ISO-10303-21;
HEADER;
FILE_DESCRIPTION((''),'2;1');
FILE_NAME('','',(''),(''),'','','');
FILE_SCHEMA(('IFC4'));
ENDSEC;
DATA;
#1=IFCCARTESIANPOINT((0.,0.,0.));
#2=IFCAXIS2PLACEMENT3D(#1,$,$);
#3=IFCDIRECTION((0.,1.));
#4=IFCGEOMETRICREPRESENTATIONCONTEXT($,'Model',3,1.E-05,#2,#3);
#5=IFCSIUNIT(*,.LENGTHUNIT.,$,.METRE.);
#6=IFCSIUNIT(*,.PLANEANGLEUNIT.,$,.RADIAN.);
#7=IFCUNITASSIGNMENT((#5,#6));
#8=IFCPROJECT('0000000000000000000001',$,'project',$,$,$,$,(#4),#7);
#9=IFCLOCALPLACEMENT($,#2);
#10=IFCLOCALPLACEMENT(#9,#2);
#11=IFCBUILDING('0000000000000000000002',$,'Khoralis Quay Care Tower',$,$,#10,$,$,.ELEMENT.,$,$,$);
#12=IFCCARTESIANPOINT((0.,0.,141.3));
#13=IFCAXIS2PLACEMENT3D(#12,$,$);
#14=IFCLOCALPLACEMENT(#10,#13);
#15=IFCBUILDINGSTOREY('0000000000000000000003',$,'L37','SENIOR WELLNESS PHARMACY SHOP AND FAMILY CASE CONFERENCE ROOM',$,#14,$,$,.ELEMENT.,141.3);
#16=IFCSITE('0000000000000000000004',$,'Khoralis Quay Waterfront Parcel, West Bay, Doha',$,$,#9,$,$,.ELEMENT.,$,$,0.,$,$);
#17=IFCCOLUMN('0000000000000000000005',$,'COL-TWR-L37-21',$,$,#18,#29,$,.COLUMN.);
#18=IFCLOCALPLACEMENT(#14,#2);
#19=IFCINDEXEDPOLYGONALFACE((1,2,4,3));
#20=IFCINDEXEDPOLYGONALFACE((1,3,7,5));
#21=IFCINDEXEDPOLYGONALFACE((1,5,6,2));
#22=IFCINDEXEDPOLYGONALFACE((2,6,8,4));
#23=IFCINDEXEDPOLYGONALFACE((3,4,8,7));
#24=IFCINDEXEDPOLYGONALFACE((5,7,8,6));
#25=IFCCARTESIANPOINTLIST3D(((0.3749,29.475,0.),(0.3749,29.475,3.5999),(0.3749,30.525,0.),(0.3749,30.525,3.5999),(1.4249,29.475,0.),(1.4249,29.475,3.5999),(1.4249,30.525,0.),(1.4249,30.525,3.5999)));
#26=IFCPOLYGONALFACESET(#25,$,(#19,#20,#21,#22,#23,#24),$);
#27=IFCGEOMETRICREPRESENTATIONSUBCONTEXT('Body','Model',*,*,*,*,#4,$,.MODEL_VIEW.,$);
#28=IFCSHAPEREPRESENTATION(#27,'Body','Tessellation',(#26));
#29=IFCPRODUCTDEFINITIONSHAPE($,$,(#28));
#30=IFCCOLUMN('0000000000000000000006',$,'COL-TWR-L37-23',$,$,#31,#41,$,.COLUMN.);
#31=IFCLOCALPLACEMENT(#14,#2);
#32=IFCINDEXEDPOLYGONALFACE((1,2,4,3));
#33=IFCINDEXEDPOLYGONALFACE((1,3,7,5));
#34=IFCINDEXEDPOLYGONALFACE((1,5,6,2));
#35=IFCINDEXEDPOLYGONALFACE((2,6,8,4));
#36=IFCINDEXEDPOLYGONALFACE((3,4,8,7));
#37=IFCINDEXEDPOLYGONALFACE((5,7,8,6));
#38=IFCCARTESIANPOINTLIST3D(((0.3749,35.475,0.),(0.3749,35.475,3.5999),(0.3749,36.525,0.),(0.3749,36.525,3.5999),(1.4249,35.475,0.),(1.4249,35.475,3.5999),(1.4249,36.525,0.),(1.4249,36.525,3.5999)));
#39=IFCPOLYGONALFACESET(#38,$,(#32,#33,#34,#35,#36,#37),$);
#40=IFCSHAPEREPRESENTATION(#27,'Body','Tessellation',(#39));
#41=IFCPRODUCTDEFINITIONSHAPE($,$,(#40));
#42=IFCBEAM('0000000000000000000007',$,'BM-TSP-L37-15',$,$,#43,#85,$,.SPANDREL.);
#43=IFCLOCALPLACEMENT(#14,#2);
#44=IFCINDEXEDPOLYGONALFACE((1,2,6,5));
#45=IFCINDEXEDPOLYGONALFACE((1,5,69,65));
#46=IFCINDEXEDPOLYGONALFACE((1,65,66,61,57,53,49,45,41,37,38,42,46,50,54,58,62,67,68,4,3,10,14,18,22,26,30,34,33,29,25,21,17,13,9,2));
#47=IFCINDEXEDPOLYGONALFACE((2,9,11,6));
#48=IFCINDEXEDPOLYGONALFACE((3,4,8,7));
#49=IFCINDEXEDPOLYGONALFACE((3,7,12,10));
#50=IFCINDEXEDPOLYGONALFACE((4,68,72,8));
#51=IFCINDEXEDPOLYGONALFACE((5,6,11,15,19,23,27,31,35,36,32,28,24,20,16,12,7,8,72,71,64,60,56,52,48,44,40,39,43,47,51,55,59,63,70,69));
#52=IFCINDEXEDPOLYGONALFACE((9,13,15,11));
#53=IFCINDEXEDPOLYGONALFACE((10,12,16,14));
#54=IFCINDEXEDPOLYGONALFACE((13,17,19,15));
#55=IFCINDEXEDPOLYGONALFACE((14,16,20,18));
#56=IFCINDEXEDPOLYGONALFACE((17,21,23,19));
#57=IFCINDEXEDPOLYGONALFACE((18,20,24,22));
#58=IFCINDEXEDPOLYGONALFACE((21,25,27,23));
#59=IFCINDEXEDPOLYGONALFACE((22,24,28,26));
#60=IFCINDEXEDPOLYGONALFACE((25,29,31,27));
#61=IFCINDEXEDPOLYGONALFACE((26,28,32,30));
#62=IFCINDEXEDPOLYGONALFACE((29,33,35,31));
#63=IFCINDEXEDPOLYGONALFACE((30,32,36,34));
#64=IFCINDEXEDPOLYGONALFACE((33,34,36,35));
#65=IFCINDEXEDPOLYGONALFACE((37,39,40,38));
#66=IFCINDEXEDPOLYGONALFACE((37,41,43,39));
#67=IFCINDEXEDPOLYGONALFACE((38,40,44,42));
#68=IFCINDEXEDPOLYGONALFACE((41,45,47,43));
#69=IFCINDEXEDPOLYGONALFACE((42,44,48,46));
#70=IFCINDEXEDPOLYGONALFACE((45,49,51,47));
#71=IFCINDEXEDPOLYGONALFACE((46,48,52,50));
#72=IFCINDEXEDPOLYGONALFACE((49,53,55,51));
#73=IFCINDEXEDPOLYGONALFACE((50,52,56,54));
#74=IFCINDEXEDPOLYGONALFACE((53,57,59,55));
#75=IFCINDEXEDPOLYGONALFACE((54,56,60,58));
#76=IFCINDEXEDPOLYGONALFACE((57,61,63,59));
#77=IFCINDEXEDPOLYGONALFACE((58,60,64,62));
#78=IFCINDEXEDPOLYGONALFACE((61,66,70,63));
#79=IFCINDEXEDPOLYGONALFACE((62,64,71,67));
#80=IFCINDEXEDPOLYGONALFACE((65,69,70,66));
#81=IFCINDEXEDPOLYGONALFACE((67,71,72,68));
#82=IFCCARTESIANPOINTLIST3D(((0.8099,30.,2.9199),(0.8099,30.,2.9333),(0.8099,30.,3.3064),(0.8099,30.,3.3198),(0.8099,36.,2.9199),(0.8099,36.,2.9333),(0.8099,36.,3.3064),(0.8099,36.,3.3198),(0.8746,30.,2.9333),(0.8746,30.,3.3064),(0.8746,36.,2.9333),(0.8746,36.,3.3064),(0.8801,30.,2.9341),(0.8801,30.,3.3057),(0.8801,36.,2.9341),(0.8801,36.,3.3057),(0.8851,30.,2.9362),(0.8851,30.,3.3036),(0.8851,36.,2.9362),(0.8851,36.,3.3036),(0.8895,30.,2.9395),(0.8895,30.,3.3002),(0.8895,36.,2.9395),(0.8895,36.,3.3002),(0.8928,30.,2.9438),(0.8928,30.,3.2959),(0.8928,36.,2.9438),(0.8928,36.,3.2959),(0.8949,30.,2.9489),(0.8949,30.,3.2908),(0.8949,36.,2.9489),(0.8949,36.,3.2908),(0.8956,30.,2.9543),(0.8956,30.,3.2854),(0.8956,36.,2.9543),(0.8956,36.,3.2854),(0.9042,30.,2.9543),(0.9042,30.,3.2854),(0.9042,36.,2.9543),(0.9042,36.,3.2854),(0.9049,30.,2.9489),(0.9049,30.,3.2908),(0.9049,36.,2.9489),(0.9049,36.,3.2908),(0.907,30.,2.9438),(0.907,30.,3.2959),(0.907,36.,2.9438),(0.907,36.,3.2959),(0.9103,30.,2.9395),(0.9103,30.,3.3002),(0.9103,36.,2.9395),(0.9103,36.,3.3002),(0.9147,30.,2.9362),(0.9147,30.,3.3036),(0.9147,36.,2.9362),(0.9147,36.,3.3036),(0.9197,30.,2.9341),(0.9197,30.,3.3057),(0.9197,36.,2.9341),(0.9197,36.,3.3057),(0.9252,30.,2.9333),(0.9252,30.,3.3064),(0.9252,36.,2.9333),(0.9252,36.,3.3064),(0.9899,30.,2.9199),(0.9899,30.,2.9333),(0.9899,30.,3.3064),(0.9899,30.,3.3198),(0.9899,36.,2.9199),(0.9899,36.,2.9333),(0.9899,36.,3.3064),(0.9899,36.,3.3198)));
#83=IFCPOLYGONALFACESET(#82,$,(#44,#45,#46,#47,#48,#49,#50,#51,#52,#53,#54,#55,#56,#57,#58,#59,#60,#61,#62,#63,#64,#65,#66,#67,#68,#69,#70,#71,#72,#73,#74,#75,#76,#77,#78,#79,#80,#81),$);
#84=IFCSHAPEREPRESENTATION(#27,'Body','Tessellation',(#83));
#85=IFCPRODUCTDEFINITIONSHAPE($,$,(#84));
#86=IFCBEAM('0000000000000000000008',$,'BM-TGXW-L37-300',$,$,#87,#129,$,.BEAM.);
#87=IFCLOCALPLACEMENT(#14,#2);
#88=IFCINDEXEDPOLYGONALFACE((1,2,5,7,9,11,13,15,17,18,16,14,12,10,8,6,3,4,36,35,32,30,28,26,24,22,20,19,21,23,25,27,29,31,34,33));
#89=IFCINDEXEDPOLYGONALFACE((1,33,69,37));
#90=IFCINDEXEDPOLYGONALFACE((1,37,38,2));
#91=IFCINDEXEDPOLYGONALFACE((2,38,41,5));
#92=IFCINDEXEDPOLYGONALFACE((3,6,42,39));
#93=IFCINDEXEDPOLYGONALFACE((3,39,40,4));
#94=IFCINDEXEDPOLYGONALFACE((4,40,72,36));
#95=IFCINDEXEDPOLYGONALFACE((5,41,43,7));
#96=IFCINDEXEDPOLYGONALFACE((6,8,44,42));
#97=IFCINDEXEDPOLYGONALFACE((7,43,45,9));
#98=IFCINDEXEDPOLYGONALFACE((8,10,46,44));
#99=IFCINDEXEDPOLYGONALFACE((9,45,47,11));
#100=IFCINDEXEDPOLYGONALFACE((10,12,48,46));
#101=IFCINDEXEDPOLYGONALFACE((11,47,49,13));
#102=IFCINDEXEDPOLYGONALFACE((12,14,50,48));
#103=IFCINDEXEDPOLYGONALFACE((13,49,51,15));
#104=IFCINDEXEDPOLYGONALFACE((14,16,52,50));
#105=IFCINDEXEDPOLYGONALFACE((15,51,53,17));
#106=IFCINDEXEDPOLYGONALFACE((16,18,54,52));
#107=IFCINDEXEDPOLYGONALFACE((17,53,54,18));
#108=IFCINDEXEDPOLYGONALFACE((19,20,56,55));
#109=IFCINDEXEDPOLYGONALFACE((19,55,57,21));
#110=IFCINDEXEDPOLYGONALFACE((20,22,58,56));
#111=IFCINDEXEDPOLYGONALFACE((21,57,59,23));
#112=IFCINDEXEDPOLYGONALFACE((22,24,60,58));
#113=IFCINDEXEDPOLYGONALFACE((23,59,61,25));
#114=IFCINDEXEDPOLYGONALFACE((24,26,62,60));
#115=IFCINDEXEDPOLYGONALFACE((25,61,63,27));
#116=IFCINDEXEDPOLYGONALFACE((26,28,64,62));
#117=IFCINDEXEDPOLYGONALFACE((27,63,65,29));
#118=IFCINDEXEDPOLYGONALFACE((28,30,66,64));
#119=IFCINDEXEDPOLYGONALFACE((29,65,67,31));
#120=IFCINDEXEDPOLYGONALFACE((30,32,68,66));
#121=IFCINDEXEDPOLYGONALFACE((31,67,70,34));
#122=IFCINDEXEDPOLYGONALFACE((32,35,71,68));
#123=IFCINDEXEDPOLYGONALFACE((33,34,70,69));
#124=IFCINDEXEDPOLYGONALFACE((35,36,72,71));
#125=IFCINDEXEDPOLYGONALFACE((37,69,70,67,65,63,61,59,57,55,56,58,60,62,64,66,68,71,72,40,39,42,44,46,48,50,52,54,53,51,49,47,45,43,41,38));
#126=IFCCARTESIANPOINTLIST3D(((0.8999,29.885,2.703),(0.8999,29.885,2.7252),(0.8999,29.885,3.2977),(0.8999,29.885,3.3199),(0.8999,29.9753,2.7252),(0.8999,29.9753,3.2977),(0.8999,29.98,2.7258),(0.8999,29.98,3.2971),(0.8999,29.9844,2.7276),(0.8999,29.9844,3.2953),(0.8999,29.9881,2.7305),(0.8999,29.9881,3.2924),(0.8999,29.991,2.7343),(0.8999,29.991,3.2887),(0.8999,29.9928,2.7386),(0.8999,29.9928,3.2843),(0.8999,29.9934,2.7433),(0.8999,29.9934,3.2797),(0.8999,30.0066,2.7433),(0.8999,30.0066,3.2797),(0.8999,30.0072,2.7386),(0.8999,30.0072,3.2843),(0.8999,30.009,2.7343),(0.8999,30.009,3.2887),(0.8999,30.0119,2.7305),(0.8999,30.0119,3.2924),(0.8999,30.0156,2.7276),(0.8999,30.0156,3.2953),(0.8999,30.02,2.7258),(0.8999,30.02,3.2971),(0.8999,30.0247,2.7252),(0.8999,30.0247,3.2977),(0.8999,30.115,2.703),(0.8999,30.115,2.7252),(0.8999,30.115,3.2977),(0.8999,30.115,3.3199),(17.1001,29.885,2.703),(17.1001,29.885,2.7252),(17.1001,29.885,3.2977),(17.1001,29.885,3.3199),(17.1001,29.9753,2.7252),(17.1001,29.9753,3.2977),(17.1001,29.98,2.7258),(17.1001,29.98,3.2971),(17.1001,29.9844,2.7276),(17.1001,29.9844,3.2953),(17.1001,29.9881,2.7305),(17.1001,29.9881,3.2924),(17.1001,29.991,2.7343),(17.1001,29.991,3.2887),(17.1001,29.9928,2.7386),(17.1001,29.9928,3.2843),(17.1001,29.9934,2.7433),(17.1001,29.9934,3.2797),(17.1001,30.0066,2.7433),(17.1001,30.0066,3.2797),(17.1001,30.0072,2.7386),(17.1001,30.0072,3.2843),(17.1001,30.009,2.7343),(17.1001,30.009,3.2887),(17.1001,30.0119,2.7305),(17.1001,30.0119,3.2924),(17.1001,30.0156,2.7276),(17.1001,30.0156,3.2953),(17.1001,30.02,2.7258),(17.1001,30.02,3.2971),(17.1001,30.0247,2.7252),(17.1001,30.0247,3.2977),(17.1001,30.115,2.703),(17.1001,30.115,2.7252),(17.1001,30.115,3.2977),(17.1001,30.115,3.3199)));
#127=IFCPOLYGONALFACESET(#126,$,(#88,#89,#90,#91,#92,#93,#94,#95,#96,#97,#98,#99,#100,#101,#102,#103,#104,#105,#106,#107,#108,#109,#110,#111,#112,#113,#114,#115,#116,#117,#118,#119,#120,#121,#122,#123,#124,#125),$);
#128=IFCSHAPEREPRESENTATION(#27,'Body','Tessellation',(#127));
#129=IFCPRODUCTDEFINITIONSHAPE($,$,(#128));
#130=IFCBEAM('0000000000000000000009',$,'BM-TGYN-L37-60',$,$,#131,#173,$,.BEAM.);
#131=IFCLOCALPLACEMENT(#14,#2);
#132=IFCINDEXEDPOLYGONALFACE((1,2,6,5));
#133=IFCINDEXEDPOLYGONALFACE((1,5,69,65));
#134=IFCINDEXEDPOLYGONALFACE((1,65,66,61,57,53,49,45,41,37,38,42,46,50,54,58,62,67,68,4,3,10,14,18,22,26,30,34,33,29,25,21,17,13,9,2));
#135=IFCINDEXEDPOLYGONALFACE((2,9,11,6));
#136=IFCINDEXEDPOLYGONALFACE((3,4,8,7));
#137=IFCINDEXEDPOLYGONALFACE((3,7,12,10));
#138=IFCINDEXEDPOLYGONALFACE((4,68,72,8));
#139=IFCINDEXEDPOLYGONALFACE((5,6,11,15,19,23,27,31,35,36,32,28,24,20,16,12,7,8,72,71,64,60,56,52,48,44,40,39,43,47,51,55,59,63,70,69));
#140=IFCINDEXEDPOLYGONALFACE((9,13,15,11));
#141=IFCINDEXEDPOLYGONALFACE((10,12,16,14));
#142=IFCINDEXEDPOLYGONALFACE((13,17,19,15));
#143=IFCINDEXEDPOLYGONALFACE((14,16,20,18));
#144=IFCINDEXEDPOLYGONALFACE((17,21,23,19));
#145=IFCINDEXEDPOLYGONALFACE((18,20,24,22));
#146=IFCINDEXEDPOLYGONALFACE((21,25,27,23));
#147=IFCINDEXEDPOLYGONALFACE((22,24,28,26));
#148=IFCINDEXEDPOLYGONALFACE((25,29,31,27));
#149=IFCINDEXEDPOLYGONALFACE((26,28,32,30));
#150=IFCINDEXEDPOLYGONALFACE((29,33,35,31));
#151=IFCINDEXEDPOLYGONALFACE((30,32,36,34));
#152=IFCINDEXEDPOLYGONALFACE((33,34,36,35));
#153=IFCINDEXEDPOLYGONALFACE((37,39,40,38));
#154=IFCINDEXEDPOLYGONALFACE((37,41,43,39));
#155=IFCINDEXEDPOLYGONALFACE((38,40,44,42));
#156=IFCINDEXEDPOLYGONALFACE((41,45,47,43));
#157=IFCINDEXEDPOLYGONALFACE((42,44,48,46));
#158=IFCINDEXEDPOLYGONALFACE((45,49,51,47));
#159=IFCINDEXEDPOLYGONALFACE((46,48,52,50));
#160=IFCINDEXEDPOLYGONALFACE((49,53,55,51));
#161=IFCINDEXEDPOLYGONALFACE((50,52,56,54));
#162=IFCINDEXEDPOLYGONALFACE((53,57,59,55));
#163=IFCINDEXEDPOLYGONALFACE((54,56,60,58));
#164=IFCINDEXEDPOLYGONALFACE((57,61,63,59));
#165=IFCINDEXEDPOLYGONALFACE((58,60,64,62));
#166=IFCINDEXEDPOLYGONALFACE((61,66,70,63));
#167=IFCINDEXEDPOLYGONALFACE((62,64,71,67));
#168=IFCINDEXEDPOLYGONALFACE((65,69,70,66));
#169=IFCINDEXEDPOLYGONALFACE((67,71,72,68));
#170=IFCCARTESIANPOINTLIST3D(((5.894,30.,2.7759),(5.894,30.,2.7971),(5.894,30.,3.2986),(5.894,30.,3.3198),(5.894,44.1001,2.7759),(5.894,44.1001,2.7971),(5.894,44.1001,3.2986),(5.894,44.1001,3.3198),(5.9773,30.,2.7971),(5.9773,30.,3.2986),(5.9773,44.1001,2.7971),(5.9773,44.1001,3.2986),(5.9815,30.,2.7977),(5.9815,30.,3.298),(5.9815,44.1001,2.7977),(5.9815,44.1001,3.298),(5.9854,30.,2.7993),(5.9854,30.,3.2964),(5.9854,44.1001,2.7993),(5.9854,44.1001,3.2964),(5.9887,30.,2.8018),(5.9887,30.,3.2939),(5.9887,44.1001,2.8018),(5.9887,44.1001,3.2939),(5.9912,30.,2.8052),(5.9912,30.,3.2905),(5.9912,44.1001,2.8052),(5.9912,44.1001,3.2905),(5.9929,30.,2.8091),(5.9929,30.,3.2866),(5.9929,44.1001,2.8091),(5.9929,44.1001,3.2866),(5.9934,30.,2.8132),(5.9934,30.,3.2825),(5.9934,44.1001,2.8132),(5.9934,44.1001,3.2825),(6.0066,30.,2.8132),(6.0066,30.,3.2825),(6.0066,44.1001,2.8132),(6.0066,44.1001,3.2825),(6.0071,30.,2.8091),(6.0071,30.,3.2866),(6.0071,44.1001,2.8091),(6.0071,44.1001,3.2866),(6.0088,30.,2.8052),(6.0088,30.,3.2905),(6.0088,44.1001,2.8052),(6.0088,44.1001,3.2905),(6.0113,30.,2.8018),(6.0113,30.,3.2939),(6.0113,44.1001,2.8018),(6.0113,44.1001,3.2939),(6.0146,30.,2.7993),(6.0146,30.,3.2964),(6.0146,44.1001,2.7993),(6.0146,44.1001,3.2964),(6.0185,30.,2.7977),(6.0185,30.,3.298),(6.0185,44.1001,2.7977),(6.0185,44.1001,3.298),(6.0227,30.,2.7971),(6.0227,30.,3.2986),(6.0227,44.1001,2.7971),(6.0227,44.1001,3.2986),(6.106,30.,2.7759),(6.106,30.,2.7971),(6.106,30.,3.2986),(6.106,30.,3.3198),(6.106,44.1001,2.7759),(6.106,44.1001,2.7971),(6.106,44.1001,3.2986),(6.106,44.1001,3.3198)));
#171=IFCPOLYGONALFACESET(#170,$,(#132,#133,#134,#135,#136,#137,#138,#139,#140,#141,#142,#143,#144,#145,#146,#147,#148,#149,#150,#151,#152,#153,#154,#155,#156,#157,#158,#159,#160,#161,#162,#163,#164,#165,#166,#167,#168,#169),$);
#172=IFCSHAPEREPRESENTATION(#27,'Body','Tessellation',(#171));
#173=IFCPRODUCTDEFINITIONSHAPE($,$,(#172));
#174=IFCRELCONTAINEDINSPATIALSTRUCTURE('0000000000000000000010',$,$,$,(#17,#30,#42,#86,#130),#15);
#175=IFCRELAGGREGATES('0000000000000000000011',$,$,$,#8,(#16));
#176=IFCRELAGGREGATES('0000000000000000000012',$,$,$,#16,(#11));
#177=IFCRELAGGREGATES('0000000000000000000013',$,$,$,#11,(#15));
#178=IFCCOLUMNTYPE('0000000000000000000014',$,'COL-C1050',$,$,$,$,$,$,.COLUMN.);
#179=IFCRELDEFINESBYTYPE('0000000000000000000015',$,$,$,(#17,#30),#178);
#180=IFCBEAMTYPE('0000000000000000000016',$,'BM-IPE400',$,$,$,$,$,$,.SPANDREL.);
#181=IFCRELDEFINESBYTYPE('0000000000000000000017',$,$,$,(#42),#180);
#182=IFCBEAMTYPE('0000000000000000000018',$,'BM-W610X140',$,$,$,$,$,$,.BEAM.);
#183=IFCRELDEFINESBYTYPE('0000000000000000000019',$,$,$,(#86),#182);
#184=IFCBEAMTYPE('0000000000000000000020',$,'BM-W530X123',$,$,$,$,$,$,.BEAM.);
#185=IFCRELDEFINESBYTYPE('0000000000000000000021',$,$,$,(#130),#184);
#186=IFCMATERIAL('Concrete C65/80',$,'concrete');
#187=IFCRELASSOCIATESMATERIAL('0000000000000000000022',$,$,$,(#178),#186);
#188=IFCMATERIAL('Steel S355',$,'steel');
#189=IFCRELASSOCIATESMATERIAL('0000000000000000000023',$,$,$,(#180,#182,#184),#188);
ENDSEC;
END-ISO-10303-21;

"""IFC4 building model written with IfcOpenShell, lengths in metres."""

from ifc_helpers import new_model, si_unit, direction, frame, origin, origin_2d, place, context, subcontext, project, spatial, rectangle, i_section, extrude, source, transform, mapped, material, material_profile, profile_set, type_object, element, save


model = new_model("IFC4")

# Units and contexts
model_context = context("Model", 3, precision=1e-05, world=origin(), true_north=direction((0.0, 1.0)))
body_context = subcontext(model_context, "Body", "Model", "MODEL_VIEW")
ifc_project = project(units=[si_unit("LENGTHUNIT", "METRE"), si_unit("PLANEANGLEUNIT", "RADIAN")], contexts=[model_context])

# Site, building, storey
site_placement = place(None, origin())
site = spatial("IfcSite", under=ifc_project, at=site_placement, Name="Khoralis Quay Waterfront Parcel, West Bay, Doha", CompositionType="ELEMENT", RefElevation=0.0)
building_placement = place(site_placement, origin())
building = spatial("IfcBuilding", under=site, at=building_placement, Name="Khoralis Quay Care Tower", CompositionType="ELEMENT")
storey_placement = place(building_placement, frame((0.0, 0.0, 141.3)))
storey = spatial("IfcBuildingStorey", under=building, at=storey_placement, Name="L37", Description="SENIOR WELLNESS PHARMACY SHOP AND FAMILY CASE CONFERENCE ROOM", CompositionType="ELEMENT", Elevation=141.3)

# Columns
ifc_material_1 = material(Name="Concrete C65/80", Category="concrete")
ifc_material_profile_1 = material_profile(ifc_material_1, rectangle(XDim=1.05, YDim=1.05, at=origin_2d()), Name="Concrete C65/80")
ifc_profile_set_1 = profile_set([ifc_material_profile_1], Name="Concrete C65/80")
column_type = type_object("IfcColumnType", Name="COL-C1050", PredefinedType="COLUMN", material=ifc_profile_set_1)
shared_shape_1 = source(origin(), body_context, "Body", "SweptSolid", [
    extrude(rectangle(XDim=1.05, YDim=1.05, at=origin_2d()), origin(), (0.0, 0.0, 1.0), 3.5999),
])
for number, where, z_axis, x_axis, name in (
    (1, (0.8999, 30.0, 0.0), (0.0, 0.0, 1.0), (1.0, 0.0, 0.0), "COL-TWR-L37-21"),
    (2, (0.8999, 36.0, 0.0), (0.0, 0.0, 1.0), (1.0, 0.0, 0.0), "COL-TWR-L37-23"),
):
    element("IfcColumn", number, at=place(storey_placement, frame(where, z_axis=z_axis, x_axis=x_axis)), inside=storey, type_object=column_type, Name=name, PredefinedType="COLUMN", context=body_context, shape_type="MappedRepresentation", body=[
        mapped(shared_shape_1, transform((0.0, 0.0, 0.0), scale=1.0)),
    ])

# Beams
ifc_material_2 = material(Name="Steel S355", Category="steel")
ifc_material_profile_2 = material_profile(ifc_material_2, i_section(OverallWidth=0.1799, OverallDepth=0.3999, WebThickness=0.0085, FlangeThickness=0.0134, FilletRadius=0.021, at=origin_2d()), Name="Steel S355")
ifc_profile_set_2 = profile_set([ifc_material_profile_2], Name="Steel S355")
beam_type_1 = type_object("IfcBeamType", Name="BM-IPE400", PredefinedType="SPANDREL", material=ifc_profile_set_2)
shared_shape_2 = source(origin(), body_context, "Body", "SweptSolid", [
    extrude(i_section(OverallWidth=0.1799, OverallDepth=0.3999, WebThickness=0.0085, FlangeThickness=0.0134, FilletRadius=0.021, at=origin_2d()), origin(), (0.0, 0.0, 1.0), 6.0),
])
beam_1_placement = place(storey_placement, frame((0.8999, 30.0, 3.1199), z_axis=(0.0, 1.0, 0.0), x_axis=(-1.0, 0.0, 0.0)))
element("IfcBeam", 3, at=beam_1_placement, inside=storey, type_object=beam_type_1, Name="BM-TSP-L37-15", PredefinedType="SPANDREL", context=body_context, shape_type="MappedRepresentation", body=[
    mapped(shared_shape_2, transform((0.0, 0.0, 0.0), scale=1.0)),
])
ifc_material_profile_3 = material_profile(ifc_material_2, i_section(OverallWidth=0.23, OverallDepth=0.6169, WebThickness=0.0132, FlangeThickness=0.0222, FilletRadius=0.0181, at=origin_2d()), Name="Steel S355")
ifc_profile_set_3 = profile_set([ifc_material_profile_3], Name="Steel S355")
beam_type_2 = type_object("IfcBeamType", Name="BM-W610X140", PredefinedType="BEAM", material=ifc_profile_set_3)
shared_shape_3 = source(origin(), body_context, "Body", "SweptSolid", [
    extrude(i_section(OverallWidth=0.23, OverallDepth=0.6169, WebThickness=0.0132, FlangeThickness=0.0222, FilletRadius=0.0181, at=origin_2d()), origin(), (0.0, 0.0, 1.0), 16.2002),
])
beam_2_placement = place(storey_placement, frame((0.8999, 30.0, 3.0115), z_axis=(1.0, 0.0, 0.0), x_axis=(0.0, 1.0, 0.0)))
element("IfcBeam", 4, at=beam_2_placement, inside=storey, type_object=beam_type_2, Name="BM-TGXW-L37-300", PredefinedType="BEAM", context=body_context, shape_type="MappedRepresentation", body=[
    mapped(shared_shape_3, transform((0.0, 0.0, 0.0), scale=1.0)),
])
ifc_material_profile_4 = material_profile(ifc_material_2, i_section(OverallWidth=0.2119, OverallDepth=0.5439, WebThickness=0.0132, FlangeThickness=0.0212, FilletRadius=0.0161, at=origin_2d()), Name="Steel S355")
ifc_profile_set_4 = profile_set([ifc_material_profile_4], Name="Steel S355")
beam_type_3 = type_object("IfcBeamType", Name="BM-W530X123", PredefinedType="BEAM", material=ifc_profile_set_4)
shared_shape_4 = source(origin(), body_context, "Body", "SweptSolid", [
    extrude(i_section(OverallWidth=0.2119, OverallDepth=0.5439, WebThickness=0.0132, FlangeThickness=0.0212, FilletRadius=0.0161, at=origin_2d()), origin(), (0.0, 0.0, 1.0), 14.1001),
])
beam_3_placement = place(storey_placement, frame((6.0, 30.0, 3.0479), z_axis=(0.0, 1.0, 0.0), x_axis=(-1.0, 0.0, 0.0)))
element("IfcBeam", 5, at=beam_3_placement, inside=storey, type_object=beam_type_3, Name="BM-TGYN-L37-60", PredefinedType="BEAM", context=body_context, shape_type="MappedRepresentation", body=[
    mapped(shared_shape_4, transform((0.0, 0.0, 0.0), scale=1.0)),
])

save(model, "model.ifc")
